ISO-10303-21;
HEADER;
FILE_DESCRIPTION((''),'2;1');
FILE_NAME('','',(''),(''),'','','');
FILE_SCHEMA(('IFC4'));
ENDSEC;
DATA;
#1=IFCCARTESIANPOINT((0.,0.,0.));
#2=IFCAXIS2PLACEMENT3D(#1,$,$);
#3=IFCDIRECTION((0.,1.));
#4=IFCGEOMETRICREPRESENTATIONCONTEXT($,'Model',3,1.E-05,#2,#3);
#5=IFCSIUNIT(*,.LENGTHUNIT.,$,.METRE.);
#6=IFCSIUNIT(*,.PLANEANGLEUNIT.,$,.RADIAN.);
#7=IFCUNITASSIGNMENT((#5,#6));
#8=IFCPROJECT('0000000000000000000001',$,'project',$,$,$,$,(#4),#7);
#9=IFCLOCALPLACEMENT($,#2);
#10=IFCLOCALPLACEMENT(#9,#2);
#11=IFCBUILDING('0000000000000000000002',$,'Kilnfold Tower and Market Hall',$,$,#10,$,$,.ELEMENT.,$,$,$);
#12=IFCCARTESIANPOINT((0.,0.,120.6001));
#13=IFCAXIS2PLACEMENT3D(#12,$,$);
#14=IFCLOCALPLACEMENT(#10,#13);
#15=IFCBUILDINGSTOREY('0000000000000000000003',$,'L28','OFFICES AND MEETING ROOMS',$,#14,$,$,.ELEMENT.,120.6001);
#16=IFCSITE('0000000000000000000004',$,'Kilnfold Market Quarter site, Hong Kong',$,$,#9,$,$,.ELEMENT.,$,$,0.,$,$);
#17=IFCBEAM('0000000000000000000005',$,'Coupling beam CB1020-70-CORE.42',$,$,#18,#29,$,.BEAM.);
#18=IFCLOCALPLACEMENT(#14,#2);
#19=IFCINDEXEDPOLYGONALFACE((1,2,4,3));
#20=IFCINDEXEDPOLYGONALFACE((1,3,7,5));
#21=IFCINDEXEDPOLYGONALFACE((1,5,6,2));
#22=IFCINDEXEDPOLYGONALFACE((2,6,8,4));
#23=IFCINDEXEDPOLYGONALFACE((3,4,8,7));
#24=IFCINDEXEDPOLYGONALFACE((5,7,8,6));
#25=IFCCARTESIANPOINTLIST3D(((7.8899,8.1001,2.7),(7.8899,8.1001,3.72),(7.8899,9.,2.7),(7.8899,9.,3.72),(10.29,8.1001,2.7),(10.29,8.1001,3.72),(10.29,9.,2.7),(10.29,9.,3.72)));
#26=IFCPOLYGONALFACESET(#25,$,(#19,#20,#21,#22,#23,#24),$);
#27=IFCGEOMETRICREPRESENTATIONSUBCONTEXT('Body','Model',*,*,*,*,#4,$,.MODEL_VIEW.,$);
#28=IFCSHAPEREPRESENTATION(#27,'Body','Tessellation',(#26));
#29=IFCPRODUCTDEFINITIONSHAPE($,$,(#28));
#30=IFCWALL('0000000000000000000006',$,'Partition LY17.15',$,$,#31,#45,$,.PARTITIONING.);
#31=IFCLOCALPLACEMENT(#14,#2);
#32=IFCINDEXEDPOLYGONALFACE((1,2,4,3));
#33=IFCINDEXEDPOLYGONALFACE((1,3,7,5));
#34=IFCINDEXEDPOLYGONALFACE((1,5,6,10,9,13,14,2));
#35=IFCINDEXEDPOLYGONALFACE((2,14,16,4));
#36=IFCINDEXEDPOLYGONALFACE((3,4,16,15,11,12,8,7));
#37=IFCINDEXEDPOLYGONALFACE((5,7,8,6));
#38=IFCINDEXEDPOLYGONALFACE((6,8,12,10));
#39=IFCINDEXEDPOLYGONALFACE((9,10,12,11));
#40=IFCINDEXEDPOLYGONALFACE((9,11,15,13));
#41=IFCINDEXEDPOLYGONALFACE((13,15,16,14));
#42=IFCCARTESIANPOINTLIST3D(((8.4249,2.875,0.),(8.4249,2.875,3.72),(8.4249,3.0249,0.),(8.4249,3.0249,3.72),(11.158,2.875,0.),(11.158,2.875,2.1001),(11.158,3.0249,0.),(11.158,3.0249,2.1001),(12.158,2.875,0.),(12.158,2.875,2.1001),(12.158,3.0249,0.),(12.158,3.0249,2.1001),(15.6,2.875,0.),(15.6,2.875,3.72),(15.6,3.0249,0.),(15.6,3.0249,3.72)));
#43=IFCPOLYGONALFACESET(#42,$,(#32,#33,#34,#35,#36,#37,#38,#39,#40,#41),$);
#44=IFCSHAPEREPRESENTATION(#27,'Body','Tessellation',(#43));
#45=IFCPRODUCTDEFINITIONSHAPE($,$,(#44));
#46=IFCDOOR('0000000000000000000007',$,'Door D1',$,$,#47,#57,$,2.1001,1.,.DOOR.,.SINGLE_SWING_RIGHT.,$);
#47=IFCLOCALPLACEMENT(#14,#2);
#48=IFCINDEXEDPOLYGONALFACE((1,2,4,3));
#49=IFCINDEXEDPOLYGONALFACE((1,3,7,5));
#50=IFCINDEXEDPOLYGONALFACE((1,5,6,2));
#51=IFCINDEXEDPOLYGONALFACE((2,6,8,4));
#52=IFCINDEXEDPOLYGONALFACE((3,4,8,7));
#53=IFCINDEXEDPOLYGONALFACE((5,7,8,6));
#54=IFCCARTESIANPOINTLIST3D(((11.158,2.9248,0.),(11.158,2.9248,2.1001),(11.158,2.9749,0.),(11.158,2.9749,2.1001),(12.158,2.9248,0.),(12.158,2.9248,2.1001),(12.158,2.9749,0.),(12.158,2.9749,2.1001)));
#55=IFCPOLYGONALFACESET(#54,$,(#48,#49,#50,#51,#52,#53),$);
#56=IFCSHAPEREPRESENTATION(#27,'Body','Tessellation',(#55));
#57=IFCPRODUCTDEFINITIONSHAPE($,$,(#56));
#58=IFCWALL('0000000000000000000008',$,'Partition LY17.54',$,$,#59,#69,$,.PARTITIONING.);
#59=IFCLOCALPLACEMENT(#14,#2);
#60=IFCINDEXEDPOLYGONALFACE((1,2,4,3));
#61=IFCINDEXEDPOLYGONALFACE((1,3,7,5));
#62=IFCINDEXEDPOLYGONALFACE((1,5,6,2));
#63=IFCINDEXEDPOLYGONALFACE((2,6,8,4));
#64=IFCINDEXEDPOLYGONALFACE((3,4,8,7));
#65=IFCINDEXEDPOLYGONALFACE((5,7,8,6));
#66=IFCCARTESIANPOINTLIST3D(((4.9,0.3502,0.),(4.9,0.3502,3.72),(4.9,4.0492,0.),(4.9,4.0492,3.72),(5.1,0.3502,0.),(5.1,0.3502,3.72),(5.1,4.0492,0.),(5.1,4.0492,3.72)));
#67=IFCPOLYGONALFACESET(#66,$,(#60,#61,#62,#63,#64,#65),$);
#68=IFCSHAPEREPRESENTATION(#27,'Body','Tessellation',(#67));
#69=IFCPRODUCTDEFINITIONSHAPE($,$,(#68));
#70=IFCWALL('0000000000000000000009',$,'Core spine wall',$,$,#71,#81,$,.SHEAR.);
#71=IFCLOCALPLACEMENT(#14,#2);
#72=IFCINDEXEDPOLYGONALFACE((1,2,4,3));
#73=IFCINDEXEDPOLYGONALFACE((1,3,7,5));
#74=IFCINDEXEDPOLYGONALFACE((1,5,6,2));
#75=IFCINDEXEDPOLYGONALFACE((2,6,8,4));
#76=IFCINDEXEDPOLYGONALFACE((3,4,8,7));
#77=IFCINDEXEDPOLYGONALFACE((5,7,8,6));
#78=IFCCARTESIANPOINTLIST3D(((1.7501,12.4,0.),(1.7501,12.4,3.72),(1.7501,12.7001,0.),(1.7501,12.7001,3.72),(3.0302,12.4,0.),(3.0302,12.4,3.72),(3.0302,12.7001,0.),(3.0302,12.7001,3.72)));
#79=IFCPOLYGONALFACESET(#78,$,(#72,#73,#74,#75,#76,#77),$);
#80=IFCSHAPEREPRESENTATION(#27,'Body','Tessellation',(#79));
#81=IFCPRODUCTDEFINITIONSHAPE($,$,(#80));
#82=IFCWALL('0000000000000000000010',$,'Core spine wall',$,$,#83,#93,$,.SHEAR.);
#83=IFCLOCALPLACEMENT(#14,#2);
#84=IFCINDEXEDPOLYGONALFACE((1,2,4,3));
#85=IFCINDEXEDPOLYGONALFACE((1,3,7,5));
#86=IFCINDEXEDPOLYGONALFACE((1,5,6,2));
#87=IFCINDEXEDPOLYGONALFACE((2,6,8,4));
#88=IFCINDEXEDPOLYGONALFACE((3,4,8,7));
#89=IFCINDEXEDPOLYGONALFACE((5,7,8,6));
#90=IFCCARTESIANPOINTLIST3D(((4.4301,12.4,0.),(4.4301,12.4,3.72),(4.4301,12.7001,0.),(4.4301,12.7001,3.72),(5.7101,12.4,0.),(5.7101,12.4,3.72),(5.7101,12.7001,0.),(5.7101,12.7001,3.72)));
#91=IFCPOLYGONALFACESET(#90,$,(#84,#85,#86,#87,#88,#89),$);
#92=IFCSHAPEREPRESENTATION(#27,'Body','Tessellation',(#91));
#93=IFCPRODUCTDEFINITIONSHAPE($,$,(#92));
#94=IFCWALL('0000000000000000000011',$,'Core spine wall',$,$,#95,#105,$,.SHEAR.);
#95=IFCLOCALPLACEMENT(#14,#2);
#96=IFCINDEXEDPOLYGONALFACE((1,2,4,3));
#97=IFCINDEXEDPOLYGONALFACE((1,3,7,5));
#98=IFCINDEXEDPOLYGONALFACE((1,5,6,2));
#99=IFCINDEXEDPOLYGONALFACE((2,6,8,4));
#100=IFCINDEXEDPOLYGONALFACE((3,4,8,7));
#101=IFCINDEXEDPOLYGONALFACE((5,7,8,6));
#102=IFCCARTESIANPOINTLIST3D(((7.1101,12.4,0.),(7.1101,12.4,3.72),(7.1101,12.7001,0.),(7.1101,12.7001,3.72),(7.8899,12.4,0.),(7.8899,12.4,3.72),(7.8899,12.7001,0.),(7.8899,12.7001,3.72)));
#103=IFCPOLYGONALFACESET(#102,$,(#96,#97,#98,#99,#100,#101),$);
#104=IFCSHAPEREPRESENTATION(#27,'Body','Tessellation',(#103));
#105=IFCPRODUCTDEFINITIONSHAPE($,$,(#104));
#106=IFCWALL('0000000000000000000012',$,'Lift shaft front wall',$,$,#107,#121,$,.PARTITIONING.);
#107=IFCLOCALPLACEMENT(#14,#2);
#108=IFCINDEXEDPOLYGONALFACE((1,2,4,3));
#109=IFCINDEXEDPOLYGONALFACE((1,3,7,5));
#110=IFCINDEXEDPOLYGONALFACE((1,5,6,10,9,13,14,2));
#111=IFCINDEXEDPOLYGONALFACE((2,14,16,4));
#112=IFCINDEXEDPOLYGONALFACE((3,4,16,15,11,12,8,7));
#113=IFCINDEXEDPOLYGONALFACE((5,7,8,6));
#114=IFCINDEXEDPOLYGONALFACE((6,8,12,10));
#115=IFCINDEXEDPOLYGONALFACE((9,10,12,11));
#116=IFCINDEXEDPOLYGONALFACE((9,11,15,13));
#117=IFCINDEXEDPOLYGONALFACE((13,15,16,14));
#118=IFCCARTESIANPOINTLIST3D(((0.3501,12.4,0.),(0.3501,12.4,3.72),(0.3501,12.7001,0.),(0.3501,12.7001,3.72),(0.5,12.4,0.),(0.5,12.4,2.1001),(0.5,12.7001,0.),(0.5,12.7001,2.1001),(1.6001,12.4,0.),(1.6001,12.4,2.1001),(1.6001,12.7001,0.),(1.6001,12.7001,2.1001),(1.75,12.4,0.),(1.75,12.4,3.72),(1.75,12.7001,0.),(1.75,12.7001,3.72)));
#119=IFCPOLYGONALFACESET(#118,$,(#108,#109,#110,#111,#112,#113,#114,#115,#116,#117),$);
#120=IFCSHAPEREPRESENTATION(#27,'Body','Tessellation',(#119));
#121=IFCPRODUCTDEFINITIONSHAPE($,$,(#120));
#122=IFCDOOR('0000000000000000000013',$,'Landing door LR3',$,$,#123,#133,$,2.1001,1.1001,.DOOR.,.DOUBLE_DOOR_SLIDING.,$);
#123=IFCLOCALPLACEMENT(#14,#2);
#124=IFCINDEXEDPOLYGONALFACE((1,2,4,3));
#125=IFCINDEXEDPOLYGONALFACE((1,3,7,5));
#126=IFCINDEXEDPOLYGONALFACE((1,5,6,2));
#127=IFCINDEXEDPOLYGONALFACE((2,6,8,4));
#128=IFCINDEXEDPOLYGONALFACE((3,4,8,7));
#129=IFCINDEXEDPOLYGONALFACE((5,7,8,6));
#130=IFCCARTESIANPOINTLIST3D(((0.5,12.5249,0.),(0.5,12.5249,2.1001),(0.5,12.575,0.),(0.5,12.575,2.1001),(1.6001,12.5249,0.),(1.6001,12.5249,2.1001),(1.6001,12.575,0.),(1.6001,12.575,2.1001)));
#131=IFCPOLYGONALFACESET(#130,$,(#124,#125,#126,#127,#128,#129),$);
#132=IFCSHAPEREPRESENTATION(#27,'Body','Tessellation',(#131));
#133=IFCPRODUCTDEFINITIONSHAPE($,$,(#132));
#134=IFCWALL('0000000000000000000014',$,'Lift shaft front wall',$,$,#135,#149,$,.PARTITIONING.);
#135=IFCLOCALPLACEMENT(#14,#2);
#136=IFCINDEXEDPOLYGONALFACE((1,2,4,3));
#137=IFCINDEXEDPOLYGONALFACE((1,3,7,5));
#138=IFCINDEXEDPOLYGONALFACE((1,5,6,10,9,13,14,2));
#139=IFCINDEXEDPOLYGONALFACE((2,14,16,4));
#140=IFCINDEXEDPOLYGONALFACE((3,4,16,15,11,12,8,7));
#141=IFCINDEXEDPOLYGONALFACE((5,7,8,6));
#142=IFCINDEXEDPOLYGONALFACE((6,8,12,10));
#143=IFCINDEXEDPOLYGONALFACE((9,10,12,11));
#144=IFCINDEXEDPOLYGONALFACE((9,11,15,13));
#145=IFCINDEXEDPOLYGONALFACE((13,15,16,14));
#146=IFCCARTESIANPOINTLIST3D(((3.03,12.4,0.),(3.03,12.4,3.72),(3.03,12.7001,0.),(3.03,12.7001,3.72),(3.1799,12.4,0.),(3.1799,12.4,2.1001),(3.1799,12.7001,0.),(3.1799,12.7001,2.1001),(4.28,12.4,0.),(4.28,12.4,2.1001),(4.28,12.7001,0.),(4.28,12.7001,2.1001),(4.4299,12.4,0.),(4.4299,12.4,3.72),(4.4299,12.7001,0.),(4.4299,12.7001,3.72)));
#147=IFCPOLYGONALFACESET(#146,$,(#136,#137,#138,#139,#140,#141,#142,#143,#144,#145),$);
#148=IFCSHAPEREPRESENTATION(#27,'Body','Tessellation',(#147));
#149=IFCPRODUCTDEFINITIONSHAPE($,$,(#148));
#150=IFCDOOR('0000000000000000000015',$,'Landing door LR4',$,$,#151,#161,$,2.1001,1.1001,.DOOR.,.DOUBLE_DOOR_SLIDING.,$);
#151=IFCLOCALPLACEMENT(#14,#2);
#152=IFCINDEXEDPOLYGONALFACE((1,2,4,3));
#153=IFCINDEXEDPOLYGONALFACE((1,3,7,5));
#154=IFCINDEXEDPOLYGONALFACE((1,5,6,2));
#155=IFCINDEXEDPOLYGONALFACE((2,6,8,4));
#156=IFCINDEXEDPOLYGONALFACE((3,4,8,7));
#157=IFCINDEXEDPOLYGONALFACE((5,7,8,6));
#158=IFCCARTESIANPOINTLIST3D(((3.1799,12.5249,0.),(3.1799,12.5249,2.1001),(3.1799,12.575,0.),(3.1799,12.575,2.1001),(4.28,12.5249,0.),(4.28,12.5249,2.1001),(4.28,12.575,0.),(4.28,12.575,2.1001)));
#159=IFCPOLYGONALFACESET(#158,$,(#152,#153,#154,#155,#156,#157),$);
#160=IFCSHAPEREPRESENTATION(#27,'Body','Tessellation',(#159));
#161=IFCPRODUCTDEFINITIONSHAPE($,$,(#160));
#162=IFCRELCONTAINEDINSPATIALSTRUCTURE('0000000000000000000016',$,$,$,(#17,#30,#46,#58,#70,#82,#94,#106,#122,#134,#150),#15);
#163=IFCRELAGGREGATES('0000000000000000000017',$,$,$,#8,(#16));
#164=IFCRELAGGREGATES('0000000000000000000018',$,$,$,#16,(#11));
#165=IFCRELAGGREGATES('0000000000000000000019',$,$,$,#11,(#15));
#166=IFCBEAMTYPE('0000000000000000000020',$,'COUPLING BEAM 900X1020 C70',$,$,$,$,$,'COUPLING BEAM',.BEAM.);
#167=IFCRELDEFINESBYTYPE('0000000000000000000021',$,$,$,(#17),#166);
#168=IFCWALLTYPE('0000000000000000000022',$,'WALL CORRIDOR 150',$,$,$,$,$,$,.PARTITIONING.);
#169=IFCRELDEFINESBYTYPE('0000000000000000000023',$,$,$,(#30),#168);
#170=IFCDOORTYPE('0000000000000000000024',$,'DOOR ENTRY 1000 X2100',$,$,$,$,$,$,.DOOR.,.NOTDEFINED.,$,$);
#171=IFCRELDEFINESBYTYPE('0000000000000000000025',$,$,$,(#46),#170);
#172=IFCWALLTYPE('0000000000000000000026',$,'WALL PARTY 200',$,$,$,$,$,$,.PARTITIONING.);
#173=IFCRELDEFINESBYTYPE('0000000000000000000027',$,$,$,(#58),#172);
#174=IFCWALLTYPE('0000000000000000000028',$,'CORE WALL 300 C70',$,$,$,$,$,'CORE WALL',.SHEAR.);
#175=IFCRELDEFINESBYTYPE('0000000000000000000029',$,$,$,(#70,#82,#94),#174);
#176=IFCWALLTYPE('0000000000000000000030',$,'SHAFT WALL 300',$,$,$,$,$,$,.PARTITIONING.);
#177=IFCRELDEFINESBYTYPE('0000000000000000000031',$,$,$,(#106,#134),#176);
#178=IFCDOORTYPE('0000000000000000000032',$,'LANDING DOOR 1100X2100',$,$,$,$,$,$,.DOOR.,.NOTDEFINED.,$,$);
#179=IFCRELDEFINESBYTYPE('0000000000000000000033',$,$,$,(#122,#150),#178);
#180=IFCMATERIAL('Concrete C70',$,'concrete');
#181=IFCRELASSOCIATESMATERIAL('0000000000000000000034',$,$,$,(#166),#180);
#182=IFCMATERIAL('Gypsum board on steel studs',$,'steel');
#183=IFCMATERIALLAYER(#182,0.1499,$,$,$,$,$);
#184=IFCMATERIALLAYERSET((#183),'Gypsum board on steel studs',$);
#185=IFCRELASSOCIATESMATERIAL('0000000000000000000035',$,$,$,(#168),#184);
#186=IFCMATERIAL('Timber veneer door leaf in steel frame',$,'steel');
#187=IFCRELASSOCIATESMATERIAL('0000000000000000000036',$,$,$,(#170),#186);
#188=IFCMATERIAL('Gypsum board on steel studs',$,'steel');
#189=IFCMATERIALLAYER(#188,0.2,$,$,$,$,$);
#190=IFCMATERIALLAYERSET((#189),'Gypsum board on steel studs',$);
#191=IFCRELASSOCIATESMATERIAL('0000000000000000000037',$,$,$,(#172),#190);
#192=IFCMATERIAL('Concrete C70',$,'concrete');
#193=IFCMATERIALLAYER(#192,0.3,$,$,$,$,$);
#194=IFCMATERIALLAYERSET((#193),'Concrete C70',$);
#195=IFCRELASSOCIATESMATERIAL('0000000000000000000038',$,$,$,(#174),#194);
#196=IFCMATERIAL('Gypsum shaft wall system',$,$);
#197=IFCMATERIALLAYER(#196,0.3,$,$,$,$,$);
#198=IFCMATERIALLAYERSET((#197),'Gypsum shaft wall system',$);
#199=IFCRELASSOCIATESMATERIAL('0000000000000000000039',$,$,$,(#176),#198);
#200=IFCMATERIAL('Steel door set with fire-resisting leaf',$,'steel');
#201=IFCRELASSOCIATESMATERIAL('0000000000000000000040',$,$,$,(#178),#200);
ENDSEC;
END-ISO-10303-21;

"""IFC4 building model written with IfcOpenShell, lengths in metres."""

from ifc_helpers import new_model, si_unit, direction, frame, frame_2d, origin, origin_2d, place, context, subcontext, project, spatial, rectangle, extrude, source, transform, mapped, material, layer, layer_set, material_profile, profile_set, type_object, element, fill, save


model = new_model("IFC4")

# Units and contexts
model_context = context("Model", 3, precision=1e-05, world=origin(), true_north=direction((0.0, 1.0)))
body_context = subcontext(model_context, "Body", "Model", "MODEL_VIEW")
ifc_project = project(units=[si_unit("LENGTHUNIT", "METRE"), si_unit("PLANEANGLEUNIT", "RADIAN")], contexts=[model_context])

# Site, building, storey
site_placement = place(None, origin())
site = spatial("IfcSite", under=ifc_project, at=site_placement, Name="Kilnfold Market Quarter site, Hong Kong", CompositionType="ELEMENT", RefElevation=0.0)
building_placement = place(site_placement, origin())
building = spatial("IfcBuilding", under=site, at=building_placement, Name="Kilnfold Tower and Market Hall", CompositionType="ELEMENT")
storey_placement = place(building_placement, frame((0.0, 0.0, 120.6001)))
storey = spatial("IfcBuildingStorey", under=building, at=storey_placement, Name="L28", Description="OFFICES AND MEETING ROOMS", CompositionType="ELEMENT", Elevation=120.6001)

# Beam
ifc_material_1 = material(Name="Concrete C70", Category="concrete")
ifc_material_profile = material_profile(ifc_material_1, rectangle(XDim=0.8999, YDim=1.02, at=origin_2d()), Name="RC 900x1020")
ifc_profile_set = profile_set([ifc_material_profile], Name="Concrete C70")
beam_type = type_object("IfcBeamType", Name="COUPLING BEAM 900X1020 C70", ElementType="COUPLING BEAM", PredefinedType="BEAM", material=ifc_profile_set)
shared_shape_1 = source(origin(), body_context, "Body", "SweptSolid", [
    extrude(rectangle(XDim=0.8999, YDim=1.02, at=origin_2d()), origin(), (0.0, 0.0, 1.0), 2.4001),
])
beam_placement = place(storey_placement, frame((7.8899, 8.55, 3.21), z_axis=(1.0, 0.0, 0.0), x_axis=(0.0, 1.0, 0.0)))
element("IfcBeam", 1, at=beam_placement, inside=storey, type_object=beam_type, Name="Coupling beam CB1020-70-CORE.42", PredefinedType="BEAM", context=body_context, shape_type="MappedRepresentation", body=[
    mapped(shared_shape_1, transform((0.0, 0.0, 0.0))),
])

# Wall, opening, door
ifc_material_2 = material(Name="Gypsum board on steel studs", Category="steel")
ifc_layer_1 = layer(ifc_material_2, 0.1499)
ifc_layer_set_1 = layer_set([ifc_layer_1], Name="Gypsum board on steel studs")
wall_type_1 = type_object("IfcWallType", Name="WALL CORRIDOR 150", PredefinedType="PARTITIONING", material=ifc_layer_set_1)
wall_1_placement = place(storey_placement, frame((8.425, 2.95, 0.0), z_axis=(0.0, 0.0, 1.0), x_axis=(1.0, 0.0, 0.0)))
wall_1 = element("IfcWall", 2, at=wall_1_placement, inside=storey, type_object=wall_type_1, Name="Partition LY17.15", PredefinedType="PARTITIONING", context=body_context, shape_type="SweptSolid", body=[
    extrude(rectangle(XDim=7.175, YDim=0.1499, at=frame_2d((3.5874, 0.0))), origin(), (0.0, 0.0, 1.0), 3.72),
])
opening_1_placement = place(wall_1_placement, frame((2.7329, 0.0, 0.0)))
opening_1 = element("IfcOpeningElement", 3, at=opening_1_placement, cuts=wall_1, PredefinedType="OPENING", context=body_context, shape_type="SweptSolid", body=[
    extrude(rectangle(XDim=1.0, YDim=2.1001, at=frame_2d((0.5, 1.05))), frame((0.0, 0.085, 0.0), z_axis=(0.0, -1.0, 0.0), x_axis=(1.0, 0.0, 0.0)), (0.0, 0.0, 1.0), 0.1699),
])
ifc_material_3 = material(Name="Timber veneer door leaf in steel frame", Category="steel")
door_type_1 = type_object("IfcDoorType", Name="DOOR ENTRY 1000 X2100", OperationType="NOTDEFINED", PredefinedType="DOOR", material=ifc_material_3)
door_1_placement = place(opening_1_placement, origin())
door_1 = element("IfcDoor", 4, at=door_1_placement, inside=storey, type_object=door_type_1, Name="Door D1", OperationType="SINGLE_SWING_RIGHT", OverallHeight=2.1001, OverallWidth=1.0, PredefinedType="DOOR", context=body_context, shape_type="SweptSolid", body=[
    extrude(rectangle(XDim=1.0, YDim=2.1001, at=frame_2d((0.5, 1.05))), frame((0.0, 0.0249, 0.0), z_axis=(0.0, -1.0, 0.0), x_axis=(1.0, 0.0, 0.0)), (0.0, 0.0, 1.0), 0.05),
])
fill(opening_1, door_1)

# Walls
ifc_material_4 = material(Name="Gypsum board on steel studs", Category="steel")
ifc_layer_2 = layer(ifc_material_4, 0.2)
ifc_layer_set_2 = layer_set([ifc_layer_2], Name="Gypsum board on steel studs")
wall_type_2 = type_object("IfcWallType", Name="WALL PARTY 200", PredefinedType="PARTITIONING", material=ifc_layer_set_2)
wall_2_placement = place(storey_placement, frame((5.0, 0.3501, 0.0), z_axis=(0.0, 0.0, 1.0), x_axis=(0.0, 1.0, 0.0)))
element("IfcWall", 5, at=wall_2_placement, inside=storey, type_object=wall_type_2, Name="Partition LY17.54", PredefinedType="PARTITIONING", context=body_context, shape_type="SweptSolid", body=[
    extrude(rectangle(XDim=3.699, YDim=0.2, at=frame_2d((1.8496, 0.0))), origin(), (0.0, 0.0, 1.0), 3.72),
])
ifc_material_5 = material(Name="Concrete C70", Category="concrete")
ifc_layer_3 = layer(ifc_material_5, 0.3)
ifc_layer_set_3 = layer_set([ifc_layer_3], Name="Concrete C70")
wall_type_3 = type_object("IfcWallType", Name="CORE WALL 300 C70", ElementType="CORE WALL", PredefinedType="SHEAR", material=ifc_layer_set_3)
shared_shape_2 = source(origin(), body_context, "Body", "SweptSolid", [
    extrude(rectangle(XDim=1.28, YDim=0.3, at=frame_2d((0.6401, 0.0))), origin(), (0.0, 0.0, 1.0), 3.72),
])
for number, where, z_axis, x_axis, name in (
    (6, (1.75, 12.55, 0.0), (0.0, 0.0, 1.0), (1.0, 0.0, 0.0), "Core spine wall"),
    (7, (4.4299, 12.55, 0.0), (0.0, 0.0, 1.0), (1.0, 0.0, 0.0), "Core spine wall"),
):
    element("IfcWall", number, at=place(storey_placement, frame(where, z_axis=z_axis, x_axis=x_axis)), inside=storey, type_object=wall_type_3, Name=name, PredefinedType="SHEAR", context=body_context, shape_type="MappedRepresentation", body=[
        mapped(shared_shape_2, transform((0.0, 0.0, 0.0))),
    ])
shared_shape_3 = source(origin(), body_context, "Body", "SweptSolid", [
    extrude(rectangle(XDim=0.7798, YDim=0.3, at=frame_2d((0.3899, 0.0))), origin(), (0.0, 0.0, 1.0), 3.72),
])
wall_3_placement = place(storey_placement, frame((7.1101, 12.55, 0.0), z_axis=(0.0, 0.0, 1.0), x_axis=(1.0, 0.0, 0.0)))
element("IfcWall", 8, at=wall_3_placement, inside=storey, type_object=wall_type_3, Name="Core spine wall", PredefinedType="SHEAR", context=body_context, shape_type="MappedRepresentation", body=[
    mapped(shared_shape_3, transform((0.0, 0.0, 0.0))),
])

# Walls, openings, doors
ifc_material_6 = material(Name="Gypsum shaft wall system")
ifc_layer_4 = layer(ifc_material_6, 0.3)
ifc_layer_set_4 = layer_set([ifc_layer_4], Name="Gypsum shaft wall system")
wall_type_4 = type_object("IfcWallType", Name="SHAFT WALL 300", PredefinedType="PARTITIONING", material=ifc_layer_set_4)
shared_shape_4 = source(origin(), body_context, "Body", "SweptSolid", [
    extrude(rectangle(XDim=1.3999, YDim=0.3, at=frame_2d((0.7, 0.0))), origin(), (0.0, 0.0, 1.0), 3.72),
])
wall_4_placement = place(storey_placement, frame((0.3501, 12.55, 0.0), z_axis=(0.0, 0.0, 1.0), x_axis=(1.0, 0.0, 0.0)))
wall_4 = element("IfcWall", 9, at=wall_4_placement, inside=storey, type_object=wall_type_4, Name="Lift shaft front wall", PredefinedType="PARTITIONING", context=body_context, shape_type="MappedRepresentation", body=[
    mapped(shared_shape_4, transform((0.0, 0.0, 0.0))),
])
opening_2_placement = place(wall_4_placement, frame((0.1499, 0.0, 0.0)))
opening_2 = element("IfcOpeningElement", 10, at=opening_2_placement, cuts=wall_4, PredefinedType="OPENING", context=body_context, shape_type="SweptSolid", body=[
    extrude(rectangle(XDim=1.1001, YDim=2.1001, at=frame_2d((0.55, 1.05))), frame((0.0, 0.1602, 0.0), z_axis=(0.0, -1.0, 0.0), x_axis=(1.0, 0.0, 0.0)), (0.0, 0.0, 1.0), 0.3201),
])
ifc_material_7 = material(Name="Steel door set with fire-resisting leaf", Category="steel")
door_type_2 = type_object("IfcDoorType", Name="LANDING DOOR 1100X2100", OperationType="NOTDEFINED", PredefinedType="DOOR", material=ifc_material_7)
door_2_placement = place(opening_2_placement, origin())
door_2 = element("IfcDoor", 11, at=door_2_placement, inside=storey, type_object=door_type_2, Name="Landing door LR3", OperationType="DOUBLE_DOOR_SLIDING", OverallHeight=2.1001, OverallWidth=1.1001, PredefinedType="DOOR", context=body_context, shape_type="SweptSolid", body=[
    extrude(rectangle(XDim=1.1001, YDim=2.1001, at=frame_2d((0.55, 1.05))), frame((0.0, 0.0249, 0.0), z_axis=(0.0, -1.0, 0.0), x_axis=(1.0, 0.0, 0.0)), (0.0, 0.0, 1.0), 0.05),
])
fill(opening_2, door_2)
wall_5_placement = place(storey_placement, frame((3.03, 12.55, 0.0), z_axis=(0.0, 0.0, 1.0), x_axis=(1.0, 0.0, 0.0)))
wall_5 = element("IfcWall", 12, at=wall_5_placement, inside=storey, type_object=wall_type_4, Name="Lift shaft front wall", PredefinedType="PARTITIONING", context=body_context, shape_type="MappedRepresentation", body=[
    mapped(shared_shape_4, transform((0.0, 0.0, 0.0))),
])
opening_3_placement = place(wall_5_placement, frame((0.1499, 0.0, 0.0)))
opening_3 = element("IfcOpeningElement", 13, at=opening_3_placement, cuts=wall_5, PredefinedType="OPENING", context=body_context, shape_type="SweptSolid", body=[
    extrude(rectangle(XDim=1.1001, YDim=2.1001, at=frame_2d((0.55, 1.05))), frame((0.0, 0.1602, 0.0), z_axis=(0.0, -1.0, 0.0), x_axis=(1.0, 0.0, 0.0)), (0.0, 0.0, 1.0), 0.3201),
])
door_3_placement = place(opening_3_placement, origin())
door_3 = element("IfcDoor", 14, at=door_3_placement, inside=storey, type_object=door_type_2, Name="Landing door LR4", OperationType="DOUBLE_DOOR_SLIDING", OverallHeight=2.1001, OverallWidth=1.1001, PredefinedType="DOOR", context=body_context, shape_type="SweptSolid", body=[
    extrude(rectangle(XDim=1.1001, YDim=2.1001, at=frame_2d((0.55, 1.05))), frame((0.0, 0.0249, 0.0), z_axis=(0.0, -1.0, 0.0), x_axis=(1.0, 0.0, 0.0)), (0.0, 0.0, 1.0), 0.05),
])
fill(opening_3, door_3)

save(model, "model.ifc")
